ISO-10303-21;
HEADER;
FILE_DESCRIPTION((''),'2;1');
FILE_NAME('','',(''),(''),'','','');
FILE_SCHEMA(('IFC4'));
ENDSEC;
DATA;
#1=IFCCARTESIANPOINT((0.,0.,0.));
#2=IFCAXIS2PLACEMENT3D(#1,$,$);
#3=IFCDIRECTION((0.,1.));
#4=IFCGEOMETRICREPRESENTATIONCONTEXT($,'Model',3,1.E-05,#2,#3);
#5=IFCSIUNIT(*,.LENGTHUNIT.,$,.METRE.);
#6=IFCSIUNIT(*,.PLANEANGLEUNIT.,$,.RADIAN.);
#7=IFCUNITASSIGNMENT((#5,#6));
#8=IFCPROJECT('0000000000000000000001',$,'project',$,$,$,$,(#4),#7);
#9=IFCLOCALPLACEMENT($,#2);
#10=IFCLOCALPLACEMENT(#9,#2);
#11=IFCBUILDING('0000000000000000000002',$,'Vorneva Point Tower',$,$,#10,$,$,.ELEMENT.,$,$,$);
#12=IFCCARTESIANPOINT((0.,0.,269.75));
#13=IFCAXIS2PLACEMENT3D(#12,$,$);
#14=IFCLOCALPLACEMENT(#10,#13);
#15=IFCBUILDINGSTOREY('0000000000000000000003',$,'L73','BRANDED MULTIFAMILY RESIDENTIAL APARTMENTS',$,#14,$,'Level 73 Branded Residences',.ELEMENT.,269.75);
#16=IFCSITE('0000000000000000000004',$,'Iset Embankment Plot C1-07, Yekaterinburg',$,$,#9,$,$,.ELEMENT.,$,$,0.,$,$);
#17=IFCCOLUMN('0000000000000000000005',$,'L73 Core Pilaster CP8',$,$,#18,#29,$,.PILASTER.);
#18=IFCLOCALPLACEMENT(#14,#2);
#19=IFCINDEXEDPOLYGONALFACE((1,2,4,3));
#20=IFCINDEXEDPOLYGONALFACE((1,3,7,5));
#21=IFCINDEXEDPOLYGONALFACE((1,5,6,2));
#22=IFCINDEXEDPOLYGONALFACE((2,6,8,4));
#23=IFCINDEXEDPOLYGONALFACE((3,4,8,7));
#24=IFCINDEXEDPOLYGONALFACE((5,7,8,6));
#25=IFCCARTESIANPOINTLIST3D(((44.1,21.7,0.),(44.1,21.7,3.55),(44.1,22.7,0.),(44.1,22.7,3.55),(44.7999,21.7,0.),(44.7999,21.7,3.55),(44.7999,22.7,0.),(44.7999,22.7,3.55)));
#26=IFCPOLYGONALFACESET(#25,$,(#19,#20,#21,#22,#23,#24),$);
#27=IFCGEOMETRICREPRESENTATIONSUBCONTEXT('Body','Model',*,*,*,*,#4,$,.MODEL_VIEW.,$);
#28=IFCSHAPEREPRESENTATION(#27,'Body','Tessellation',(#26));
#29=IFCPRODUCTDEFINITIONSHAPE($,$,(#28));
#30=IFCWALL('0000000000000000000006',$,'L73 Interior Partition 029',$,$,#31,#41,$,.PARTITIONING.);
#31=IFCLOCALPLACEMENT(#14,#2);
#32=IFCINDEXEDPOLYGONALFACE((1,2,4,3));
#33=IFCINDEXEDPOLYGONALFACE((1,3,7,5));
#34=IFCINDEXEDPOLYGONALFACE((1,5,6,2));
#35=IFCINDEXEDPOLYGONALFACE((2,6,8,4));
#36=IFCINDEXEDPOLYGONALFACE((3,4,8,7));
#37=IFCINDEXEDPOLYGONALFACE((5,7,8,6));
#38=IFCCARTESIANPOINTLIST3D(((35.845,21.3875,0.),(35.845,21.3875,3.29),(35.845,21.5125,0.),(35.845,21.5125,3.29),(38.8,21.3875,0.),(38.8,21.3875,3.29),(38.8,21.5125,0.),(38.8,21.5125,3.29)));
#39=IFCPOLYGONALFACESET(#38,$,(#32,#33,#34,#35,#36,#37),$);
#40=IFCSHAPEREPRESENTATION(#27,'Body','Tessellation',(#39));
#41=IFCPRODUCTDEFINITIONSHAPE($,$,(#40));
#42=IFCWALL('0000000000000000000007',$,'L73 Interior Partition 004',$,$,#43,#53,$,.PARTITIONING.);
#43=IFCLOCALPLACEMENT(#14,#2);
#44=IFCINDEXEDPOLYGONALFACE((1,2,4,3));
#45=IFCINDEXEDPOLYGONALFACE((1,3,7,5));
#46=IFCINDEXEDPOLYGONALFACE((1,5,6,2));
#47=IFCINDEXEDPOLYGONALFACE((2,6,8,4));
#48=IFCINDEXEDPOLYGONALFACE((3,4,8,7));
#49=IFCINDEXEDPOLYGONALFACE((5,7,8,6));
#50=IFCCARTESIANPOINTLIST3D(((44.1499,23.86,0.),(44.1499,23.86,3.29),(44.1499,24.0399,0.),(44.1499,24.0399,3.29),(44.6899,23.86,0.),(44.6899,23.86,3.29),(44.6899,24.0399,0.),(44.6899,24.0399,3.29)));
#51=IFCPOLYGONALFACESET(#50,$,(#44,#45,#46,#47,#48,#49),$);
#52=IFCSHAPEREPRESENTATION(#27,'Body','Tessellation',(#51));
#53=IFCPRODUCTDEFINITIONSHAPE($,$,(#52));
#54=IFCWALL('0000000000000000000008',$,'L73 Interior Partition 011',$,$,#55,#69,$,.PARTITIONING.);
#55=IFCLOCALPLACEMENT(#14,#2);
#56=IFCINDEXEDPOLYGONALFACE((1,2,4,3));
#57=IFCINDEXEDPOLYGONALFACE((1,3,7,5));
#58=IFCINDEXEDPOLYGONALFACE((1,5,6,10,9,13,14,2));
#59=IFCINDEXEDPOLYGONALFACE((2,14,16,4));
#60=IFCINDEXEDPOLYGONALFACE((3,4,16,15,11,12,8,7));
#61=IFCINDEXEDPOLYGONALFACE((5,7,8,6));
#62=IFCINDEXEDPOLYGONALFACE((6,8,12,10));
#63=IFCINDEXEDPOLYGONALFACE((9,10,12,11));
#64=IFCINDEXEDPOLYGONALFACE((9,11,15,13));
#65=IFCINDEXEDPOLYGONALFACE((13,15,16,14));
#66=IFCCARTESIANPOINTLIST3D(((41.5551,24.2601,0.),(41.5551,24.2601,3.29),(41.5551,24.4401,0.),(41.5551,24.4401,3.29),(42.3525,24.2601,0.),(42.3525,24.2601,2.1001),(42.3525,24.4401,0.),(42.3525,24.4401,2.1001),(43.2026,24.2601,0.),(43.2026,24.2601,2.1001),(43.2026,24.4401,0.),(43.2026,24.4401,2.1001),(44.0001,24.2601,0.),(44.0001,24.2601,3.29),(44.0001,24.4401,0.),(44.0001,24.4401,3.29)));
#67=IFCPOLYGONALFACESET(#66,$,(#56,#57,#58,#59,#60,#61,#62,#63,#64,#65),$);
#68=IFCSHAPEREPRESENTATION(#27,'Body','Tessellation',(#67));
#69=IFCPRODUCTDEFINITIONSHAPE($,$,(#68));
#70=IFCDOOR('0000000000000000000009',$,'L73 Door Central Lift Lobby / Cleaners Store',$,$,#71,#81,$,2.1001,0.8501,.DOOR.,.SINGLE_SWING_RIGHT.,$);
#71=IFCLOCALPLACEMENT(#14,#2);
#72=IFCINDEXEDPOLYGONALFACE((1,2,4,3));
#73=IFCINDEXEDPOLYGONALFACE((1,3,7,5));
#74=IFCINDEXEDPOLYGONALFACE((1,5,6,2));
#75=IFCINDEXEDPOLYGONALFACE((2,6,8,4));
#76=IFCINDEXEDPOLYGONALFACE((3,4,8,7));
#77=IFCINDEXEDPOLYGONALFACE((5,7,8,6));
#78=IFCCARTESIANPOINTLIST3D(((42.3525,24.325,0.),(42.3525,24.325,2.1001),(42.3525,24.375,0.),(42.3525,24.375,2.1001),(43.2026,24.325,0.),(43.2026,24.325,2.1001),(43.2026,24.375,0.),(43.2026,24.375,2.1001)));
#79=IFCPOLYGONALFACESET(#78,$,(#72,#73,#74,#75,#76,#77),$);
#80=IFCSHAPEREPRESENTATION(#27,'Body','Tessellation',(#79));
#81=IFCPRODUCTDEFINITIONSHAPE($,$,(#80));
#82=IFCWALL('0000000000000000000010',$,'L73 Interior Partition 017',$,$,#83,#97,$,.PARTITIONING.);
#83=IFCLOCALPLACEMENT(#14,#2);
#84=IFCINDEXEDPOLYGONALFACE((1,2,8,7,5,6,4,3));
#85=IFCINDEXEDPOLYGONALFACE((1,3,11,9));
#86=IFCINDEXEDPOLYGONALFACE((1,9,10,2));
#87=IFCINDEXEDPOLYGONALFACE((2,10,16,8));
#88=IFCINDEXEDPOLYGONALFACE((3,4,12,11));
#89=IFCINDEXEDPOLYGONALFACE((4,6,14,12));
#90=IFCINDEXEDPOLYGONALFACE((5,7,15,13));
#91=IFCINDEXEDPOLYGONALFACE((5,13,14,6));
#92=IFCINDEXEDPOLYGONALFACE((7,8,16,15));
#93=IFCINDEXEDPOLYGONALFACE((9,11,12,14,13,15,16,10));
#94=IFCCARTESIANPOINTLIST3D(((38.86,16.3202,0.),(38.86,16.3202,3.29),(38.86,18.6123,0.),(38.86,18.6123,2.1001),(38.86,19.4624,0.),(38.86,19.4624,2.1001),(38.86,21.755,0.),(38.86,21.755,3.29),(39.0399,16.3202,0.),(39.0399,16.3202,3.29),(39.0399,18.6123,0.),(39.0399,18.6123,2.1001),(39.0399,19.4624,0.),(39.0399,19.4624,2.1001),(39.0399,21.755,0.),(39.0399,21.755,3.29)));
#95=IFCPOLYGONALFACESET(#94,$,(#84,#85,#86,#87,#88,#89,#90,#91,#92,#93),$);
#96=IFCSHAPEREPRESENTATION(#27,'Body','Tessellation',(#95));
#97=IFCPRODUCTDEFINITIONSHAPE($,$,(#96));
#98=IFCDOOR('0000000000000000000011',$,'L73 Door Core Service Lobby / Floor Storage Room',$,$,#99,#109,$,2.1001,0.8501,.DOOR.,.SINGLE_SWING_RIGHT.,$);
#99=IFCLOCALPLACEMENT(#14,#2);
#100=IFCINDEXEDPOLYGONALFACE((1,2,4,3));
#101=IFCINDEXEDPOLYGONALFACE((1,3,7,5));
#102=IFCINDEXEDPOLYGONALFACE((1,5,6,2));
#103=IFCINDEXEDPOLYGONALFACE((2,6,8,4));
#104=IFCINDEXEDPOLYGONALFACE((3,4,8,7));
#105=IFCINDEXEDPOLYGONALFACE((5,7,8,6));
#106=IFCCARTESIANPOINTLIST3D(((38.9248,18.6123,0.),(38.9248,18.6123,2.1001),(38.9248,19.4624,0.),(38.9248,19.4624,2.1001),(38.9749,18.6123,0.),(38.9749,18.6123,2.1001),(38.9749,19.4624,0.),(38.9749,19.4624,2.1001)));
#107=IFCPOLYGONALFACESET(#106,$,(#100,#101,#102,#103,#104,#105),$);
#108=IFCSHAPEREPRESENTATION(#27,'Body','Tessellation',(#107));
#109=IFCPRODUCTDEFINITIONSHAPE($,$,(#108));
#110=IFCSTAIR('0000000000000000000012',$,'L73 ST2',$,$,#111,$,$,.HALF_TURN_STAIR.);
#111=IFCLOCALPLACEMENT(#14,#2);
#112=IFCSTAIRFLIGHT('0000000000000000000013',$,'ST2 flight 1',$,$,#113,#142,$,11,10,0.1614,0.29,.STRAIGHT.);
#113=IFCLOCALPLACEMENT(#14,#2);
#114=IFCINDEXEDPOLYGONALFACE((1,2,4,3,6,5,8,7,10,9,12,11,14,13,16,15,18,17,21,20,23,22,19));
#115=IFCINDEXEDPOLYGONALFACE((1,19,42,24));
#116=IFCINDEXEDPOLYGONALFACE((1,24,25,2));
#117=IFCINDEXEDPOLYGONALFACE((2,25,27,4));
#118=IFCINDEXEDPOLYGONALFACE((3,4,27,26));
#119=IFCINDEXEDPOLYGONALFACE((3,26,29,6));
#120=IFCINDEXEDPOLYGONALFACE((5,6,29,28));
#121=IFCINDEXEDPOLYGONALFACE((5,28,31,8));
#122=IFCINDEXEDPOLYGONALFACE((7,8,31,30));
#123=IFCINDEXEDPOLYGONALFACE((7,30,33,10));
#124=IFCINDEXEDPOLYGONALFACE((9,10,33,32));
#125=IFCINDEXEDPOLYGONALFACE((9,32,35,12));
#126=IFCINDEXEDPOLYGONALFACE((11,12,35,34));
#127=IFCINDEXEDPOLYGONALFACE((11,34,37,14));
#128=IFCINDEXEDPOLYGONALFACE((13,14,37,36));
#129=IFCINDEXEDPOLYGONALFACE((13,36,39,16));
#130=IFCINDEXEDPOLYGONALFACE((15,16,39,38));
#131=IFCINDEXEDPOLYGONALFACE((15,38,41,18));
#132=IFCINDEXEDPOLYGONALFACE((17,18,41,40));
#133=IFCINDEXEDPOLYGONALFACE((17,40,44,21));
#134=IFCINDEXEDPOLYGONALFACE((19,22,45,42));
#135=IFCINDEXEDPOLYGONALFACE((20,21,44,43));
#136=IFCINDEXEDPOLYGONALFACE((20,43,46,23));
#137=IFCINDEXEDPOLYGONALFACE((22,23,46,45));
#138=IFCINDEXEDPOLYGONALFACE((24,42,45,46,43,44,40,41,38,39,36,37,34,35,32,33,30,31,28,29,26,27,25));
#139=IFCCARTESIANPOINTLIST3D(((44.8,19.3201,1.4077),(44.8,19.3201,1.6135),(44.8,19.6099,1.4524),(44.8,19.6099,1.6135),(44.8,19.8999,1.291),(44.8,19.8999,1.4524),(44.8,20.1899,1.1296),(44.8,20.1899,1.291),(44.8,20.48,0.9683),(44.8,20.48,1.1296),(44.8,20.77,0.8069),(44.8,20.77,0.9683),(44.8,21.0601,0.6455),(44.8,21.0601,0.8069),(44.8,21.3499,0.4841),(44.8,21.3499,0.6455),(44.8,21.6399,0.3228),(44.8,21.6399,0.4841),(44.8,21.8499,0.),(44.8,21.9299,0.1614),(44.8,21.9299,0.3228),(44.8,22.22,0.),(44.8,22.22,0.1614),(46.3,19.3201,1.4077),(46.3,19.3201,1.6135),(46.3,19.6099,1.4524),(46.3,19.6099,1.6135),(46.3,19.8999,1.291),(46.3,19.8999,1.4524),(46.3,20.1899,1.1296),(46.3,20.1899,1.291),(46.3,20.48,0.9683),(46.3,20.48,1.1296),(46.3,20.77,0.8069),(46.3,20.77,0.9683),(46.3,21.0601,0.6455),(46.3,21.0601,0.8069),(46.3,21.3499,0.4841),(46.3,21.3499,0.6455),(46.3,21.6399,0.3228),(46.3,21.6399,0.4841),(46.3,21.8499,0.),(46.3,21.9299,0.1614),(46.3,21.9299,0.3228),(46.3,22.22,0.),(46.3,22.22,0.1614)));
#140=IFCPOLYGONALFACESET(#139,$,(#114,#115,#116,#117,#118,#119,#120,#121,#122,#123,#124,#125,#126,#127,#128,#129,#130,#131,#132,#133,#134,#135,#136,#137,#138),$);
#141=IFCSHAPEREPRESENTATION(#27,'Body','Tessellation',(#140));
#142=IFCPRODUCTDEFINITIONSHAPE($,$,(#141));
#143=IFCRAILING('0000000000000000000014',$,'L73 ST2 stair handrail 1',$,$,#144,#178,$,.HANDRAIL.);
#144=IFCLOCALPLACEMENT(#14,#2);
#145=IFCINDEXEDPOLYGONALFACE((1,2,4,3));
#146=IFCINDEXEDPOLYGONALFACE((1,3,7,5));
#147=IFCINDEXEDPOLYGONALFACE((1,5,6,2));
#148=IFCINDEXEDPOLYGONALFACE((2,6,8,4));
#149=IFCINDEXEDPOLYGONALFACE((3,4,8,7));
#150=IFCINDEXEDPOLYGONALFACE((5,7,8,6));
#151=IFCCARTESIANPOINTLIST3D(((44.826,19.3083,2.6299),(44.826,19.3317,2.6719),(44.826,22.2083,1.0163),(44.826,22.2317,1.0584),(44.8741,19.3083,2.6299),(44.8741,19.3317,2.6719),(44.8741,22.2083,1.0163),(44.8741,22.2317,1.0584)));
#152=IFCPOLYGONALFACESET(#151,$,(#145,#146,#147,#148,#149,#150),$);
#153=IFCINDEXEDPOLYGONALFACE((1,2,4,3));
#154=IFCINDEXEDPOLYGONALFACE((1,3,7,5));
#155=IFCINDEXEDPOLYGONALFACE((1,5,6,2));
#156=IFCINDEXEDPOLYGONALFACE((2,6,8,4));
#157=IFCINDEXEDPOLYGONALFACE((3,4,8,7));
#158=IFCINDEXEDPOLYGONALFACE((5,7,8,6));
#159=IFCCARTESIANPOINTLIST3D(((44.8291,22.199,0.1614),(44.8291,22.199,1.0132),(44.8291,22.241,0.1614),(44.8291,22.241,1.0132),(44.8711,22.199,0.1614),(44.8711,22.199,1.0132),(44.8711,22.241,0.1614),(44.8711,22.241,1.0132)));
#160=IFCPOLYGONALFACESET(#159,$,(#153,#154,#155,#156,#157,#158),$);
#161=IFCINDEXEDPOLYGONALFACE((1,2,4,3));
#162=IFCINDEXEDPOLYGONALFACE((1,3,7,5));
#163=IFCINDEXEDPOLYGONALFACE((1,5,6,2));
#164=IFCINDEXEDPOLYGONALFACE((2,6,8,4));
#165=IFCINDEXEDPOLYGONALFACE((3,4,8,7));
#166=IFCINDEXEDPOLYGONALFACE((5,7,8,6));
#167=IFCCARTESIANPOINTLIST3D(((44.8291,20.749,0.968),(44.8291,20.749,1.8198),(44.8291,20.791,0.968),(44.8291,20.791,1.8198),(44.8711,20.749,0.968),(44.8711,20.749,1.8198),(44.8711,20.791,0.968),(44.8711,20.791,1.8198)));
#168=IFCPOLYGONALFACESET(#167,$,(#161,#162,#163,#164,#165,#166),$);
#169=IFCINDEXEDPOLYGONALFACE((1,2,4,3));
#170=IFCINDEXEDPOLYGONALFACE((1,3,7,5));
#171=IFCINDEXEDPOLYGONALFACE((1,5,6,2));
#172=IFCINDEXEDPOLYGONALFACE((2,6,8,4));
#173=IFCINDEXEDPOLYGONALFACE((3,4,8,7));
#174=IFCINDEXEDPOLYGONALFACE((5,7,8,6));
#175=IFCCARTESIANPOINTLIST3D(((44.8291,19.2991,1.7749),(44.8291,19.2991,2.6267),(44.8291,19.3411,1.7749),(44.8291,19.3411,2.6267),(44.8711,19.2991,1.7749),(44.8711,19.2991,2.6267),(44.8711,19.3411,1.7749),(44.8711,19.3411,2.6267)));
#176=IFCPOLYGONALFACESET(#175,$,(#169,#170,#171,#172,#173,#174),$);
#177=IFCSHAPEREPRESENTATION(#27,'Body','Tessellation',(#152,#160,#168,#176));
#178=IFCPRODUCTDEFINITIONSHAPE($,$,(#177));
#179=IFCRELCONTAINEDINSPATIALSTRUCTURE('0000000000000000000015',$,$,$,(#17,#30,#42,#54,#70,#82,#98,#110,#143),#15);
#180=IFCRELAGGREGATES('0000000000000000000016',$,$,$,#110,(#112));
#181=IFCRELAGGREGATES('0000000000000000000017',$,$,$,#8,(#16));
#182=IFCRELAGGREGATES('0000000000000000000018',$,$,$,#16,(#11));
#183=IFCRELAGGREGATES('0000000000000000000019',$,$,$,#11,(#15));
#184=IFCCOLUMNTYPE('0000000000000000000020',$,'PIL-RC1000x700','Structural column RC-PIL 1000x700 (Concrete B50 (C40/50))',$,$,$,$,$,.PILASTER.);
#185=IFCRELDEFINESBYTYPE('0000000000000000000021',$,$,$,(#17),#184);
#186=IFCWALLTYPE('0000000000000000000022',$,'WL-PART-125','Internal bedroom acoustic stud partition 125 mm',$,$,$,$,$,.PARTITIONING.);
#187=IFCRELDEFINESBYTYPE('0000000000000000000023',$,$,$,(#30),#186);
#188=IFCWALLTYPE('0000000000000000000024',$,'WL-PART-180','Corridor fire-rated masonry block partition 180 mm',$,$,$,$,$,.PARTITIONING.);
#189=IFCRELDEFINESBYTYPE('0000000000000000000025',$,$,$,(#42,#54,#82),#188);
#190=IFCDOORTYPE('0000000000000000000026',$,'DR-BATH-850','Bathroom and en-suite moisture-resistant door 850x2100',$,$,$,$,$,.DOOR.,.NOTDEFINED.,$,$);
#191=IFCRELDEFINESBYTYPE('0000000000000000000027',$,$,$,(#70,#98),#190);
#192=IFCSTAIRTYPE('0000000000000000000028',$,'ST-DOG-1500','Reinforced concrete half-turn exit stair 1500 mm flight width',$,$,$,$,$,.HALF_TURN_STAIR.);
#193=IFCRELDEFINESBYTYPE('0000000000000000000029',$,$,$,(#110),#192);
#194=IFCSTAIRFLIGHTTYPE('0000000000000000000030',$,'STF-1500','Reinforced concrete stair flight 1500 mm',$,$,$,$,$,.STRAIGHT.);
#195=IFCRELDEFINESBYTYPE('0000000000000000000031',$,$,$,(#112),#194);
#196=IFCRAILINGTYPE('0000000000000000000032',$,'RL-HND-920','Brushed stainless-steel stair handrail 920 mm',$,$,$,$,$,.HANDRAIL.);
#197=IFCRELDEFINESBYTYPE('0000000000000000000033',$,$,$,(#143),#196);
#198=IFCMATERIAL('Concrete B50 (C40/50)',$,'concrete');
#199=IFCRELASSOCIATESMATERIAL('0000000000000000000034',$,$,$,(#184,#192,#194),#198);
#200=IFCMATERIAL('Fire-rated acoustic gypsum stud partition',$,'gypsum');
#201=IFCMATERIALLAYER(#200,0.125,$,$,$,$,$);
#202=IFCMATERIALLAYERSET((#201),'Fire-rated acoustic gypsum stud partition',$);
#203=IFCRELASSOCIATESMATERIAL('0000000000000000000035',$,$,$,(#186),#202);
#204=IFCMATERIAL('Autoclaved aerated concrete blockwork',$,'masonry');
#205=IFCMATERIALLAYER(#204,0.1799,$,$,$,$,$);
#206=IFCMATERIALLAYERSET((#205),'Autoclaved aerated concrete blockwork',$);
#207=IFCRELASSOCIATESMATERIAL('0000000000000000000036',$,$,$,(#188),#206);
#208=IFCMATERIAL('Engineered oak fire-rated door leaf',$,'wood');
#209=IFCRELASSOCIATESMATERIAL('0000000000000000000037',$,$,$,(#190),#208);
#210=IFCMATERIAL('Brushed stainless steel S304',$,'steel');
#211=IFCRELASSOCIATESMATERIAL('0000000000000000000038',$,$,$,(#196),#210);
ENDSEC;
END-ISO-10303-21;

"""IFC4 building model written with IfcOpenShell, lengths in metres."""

from ifc_helpers import new_model, si_unit, direction, frame, frame_2d, origin, origin_2d, place, context, subcontext, project, spatial, polyline, rectangle, outline, extrude, material, layer, layer_set, material_profile, profile_set, type_object, element, fill, aggregate, save


model = new_model("IFC4")

# Units and contexts
model_context = context("Model", 3, precision=1e-05, world=origin(), true_north=direction((0.0, 1.0)))
body_context = subcontext(model_context, "Body", "Model", "MODEL_VIEW")
ifc_project = project(units=[si_unit("LENGTHUNIT", "METRE"), si_unit("PLANEANGLEUNIT", "RADIAN")], contexts=[model_context])

# Site, building, storey
site_placement = place(None, origin())
site = spatial("IfcSite", under=ifc_project, at=site_placement, Name="Iset Embankment Plot C1-07, Yekaterinburg", CompositionType="ELEMENT", RefElevation=0.0)
building_placement = place(site_placement, origin())
building = spatial("IfcBuilding", under=site, at=building_placement, Name="Vorneva Point Tower", CompositionType="ELEMENT")
storey_placement = place(building_placement, frame((0.0, 0.0, 269.75)))
storey = spatial("IfcBuildingStorey", under=building, at=storey_placement, Name="L73", Description="BRANDED MULTIFAMILY RESIDENTIAL APARTMENTS", LongName="Level 73 Branded Residences", CompositionType="ELEMENT", Elevation=269.75)

# Column
ifc_material_1 = material(Name="Concrete B50 (C40/50)", Category="concrete")
ifc_material_profile = material_profile(ifc_material_1, rectangle(XDim=0.7, YDim=1.0, at=origin_2d()), Name="RC-PIL 1000x700")
ifc_profile_set = profile_set([ifc_material_profile], Name="Concrete B50 (C40/50)")
column_type = type_object("IfcColumnType", Name="PIL-RC1000x700", Description="Structural column RC-PIL 1000x700 (Concrete B50 (C40/50))", PredefinedType="PILASTER", material=ifc_profile_set)
column_placement = place(storey_placement, frame((44.45, 22.2, 0.0), z_axis=(0.0, 0.0, 1.0), x_axis=(1.0, 0.0, 0.0)))
element("IfcColumn", 1, at=column_placement, inside=storey, type_object=column_type, Name="L73 Core Pilaster CP8", PredefinedType="PILASTER", context=body_context, shape_type="SweptSolid", body=[
    extrude(rectangle(XDim=0.7, YDim=1.0, at=origin_2d()), origin(), (0.0, 0.0, 1.0), 3.55),
])

# Walls
ifc_material_2 = material(Name="Fire-rated acoustic gypsum stud partition", Category="gypsum")
ifc_layer_1 = layer(ifc_material_2, 0.125)
ifc_layer_set_1 = layer_set([ifc_layer_1], Name="Fire-rated acoustic gypsum stud partition")
wall_type_1 = type_object("IfcWallType", Name="WL-PART-125", Description="Internal bedroom acoustic stud partition 125 mm", PredefinedType="PARTITIONING", material=ifc_layer_set_1)
wall_1_placement = place(storey_placement, frame((38.8, 21.45, 0.0), z_axis=(0.0, 0.0, 1.0), x_axis=(-1.0, 0.0, 0.0)))
element("IfcWall", 2, at=wall_1_placement, inside=storey, type_object=wall_type_1, Name="L73 Interior Partition 029", PredefinedType="PARTITIONING", context=body_context, shape_type="SweptSolid", body=[
    extrude(rectangle(XDim=2.9551, YDim=0.125, at=frame_2d((1.4775, 0.0))), origin(), (0.0, 0.0, 1.0), 3.29),
])
ifc_material_3 = material(Name="Autoclaved aerated concrete blockwork", Category="masonry")
ifc_layer_2 = layer(ifc_material_3, 0.1799)
ifc_layer_set_2 = layer_set([ifc_layer_2], Name="Autoclaved aerated concrete blockwork")
wall_type_2 = type_object("IfcWallType", Name="WL-PART-180", Description="Corridor fire-rated masonry block partition 180 mm", PredefinedType="PARTITIONING", material=ifc_layer_set_2)
wall_2_placement = place(storey_placement, frame((44.1499, 23.95, 0.0), z_axis=(0.0, 0.0, 1.0), x_axis=(1.0, 0.0, 0.0)))
element("IfcWall", 3, at=wall_2_placement, inside=storey, type_object=wall_type_2, Name="L73 Interior Partition 004", PredefinedType="PARTITIONING", context=body_context, shape_type="SweptSolid", body=[
    extrude(rectangle(XDim=0.54, YDim=0.1799, at=frame_2d((0.27, 0.0))), origin(), (0.0, 0.0, 1.0), 3.29),
])

# Walls, openings, doors
wall_3_placement = place(storey_placement, frame((41.5549, 24.3501, 0.0), z_axis=(0.0, 0.0, 1.0), x_axis=(1.0, 0.0, 0.0)))
wall_3 = element("IfcWall", 4, at=wall_3_placement, inside=storey, type_object=wall_type_2, Name="L73 Interior Partition 011", PredefinedType="PARTITIONING", context=body_context, shape_type="SweptSolid", body=[
    extrude(rectangle(XDim=2.4451, YDim=0.1799, at=frame_2d((1.2227, 0.0))), origin(), (0.0, 0.0, 1.0), 3.29),
])
opening_1_placement = place(wall_3_placement, frame((0.7976, 0.0, 0.0)))
opening_1 = element("IfcOpeningElement", 5, at=opening_1_placement, cuts=wall_3, PredefinedType="OPENING", context=body_context, shape_type="SweptSolid", body=[
    extrude(rectangle(XDim=0.8501, YDim=2.1001, at=frame_2d((0.425, 1.05))), frame((0.0, 0.105, 0.0), z_axis=(0.0, -1.0, 0.0), x_axis=(1.0, 0.0, 0.0)), (0.0, 0.0, 1.0), 0.2097),
])
ifc_material_4 = material(Name="Engineered oak fire-rated door leaf", Category="wood")
door_type_1 = type_object("IfcDoorType", Name="DR-BATH-850", Description="Bathroom and en-suite moisture-resistant door 850x2100", OperationType="NOTDEFINED", PredefinedType="DOOR", material=ifc_material_4)
door_1_placement = place(opening_1_placement, origin())
door_1 = element("IfcDoor", 6, at=door_1_placement, inside=storey, type_object=door_type_1, Name="L73 Door Central Lift Lobby / Cleaners Store", OperationType="SINGLE_SWING_RIGHT", OverallHeight=2.1001, OverallWidth=0.8501, PredefinedType="DOOR", context=body_context, shape_type="SweptSolid", body=[
    extrude(rectangle(XDim=0.8501, YDim=2.1001, at=frame_2d((0.425, 1.05))), frame((0.0, 0.0249, 0.0), z_axis=(0.0, -1.0, 0.0), x_axis=(1.0, 0.0, 0.0)), (0.0, 0.0, 1.0), 0.05),
])
fill(opening_1, door_1)
wall_4_placement = place(storey_placement, frame((38.95, 21.7549, 0.0), z_axis=(0.0, 0.0, 1.0), x_axis=(0.0, -1.0, 0.0)))
wall_4 = element("IfcWall", 7, at=wall_4_placement, inside=storey, type_object=wall_type_2, Name="L73 Interior Partition 017", PredefinedType="PARTITIONING", context=body_context, shape_type="SweptSolid", body=[
    extrude(rectangle(XDim=5.4348, YDim=0.1799, at=frame_2d((2.7173, 0.0))), origin(), (0.0, 0.0, 1.0), 3.29),
])
opening_2_placement = place(wall_4_placement, frame((2.2925, 0.0, 0.0)))
opening_2 = element("IfcOpeningElement", 8, at=opening_2_placement, cuts=wall_4, PredefinedType="OPENING", context=body_context, shape_type="SweptSolid", body=[
    extrude(rectangle(XDim=0.8501, YDim=2.1001, at=frame_2d((0.425, 1.05))), frame((0.0, 0.105, 0.0), z_axis=(0.0, -1.0, 0.0), x_axis=(1.0, 0.0, 0.0)), (0.0, 0.0, 1.0), 0.2097),
])
door_2_placement = place(opening_2_placement, origin())
door_2 = element("IfcDoor", 9, at=door_2_placement, inside=storey, type_object=door_type_1, Name="L73 Door Core Service Lobby / Floor Storage Room", OperationType="SINGLE_SWING_RIGHT", OverallHeight=2.1001, OverallWidth=0.8501, PredefinedType="DOOR", context=body_context, shape_type="SweptSolid", body=[
    extrude(rectangle(XDim=0.8501, YDim=2.1001, at=frame_2d((0.425, 1.05))), frame((0.0, 0.0249, 0.0), z_axis=(0.0, -1.0, 0.0), x_axis=(1.0, 0.0, 0.0)), (0.0, 0.0, 1.0), 0.05),
])
fill(opening_2, door_2)

# Stair, stair flight
stair_type = type_object("IfcStairType", Name="ST-DOG-1500", Description="Reinforced concrete half-turn exit stair 1500 mm flight width", PredefinedType="HALF_TURN_STAIR", material=ifc_material_1)
stair_placement = place(storey_placement, origin())
stair = element("IfcStair", 10, at=stair_placement, inside=storey, type_object=stair_type, Name="L73 ST2", PredefinedType="HALF_TURN_STAIR")
stair_flight_type = type_object("IfcStairFlightType", Name="STF-1500", Description="Reinforced concrete stair flight 1500 mm", PredefinedType="STRAIGHT", material=ifc_material_1)
stair_flight_placement = place(storey_placement, frame((45.55, 22.22, 0.0), z_axis=(0.0, 0.0, 1.0), x_axis=(0.0, -1.0, 0.0)))
stair_flight = element("IfcStairFlight", 11, at=stair_flight_placement, type_object=stair_flight_type, Name="ST2 flight 1", NumberOfRisers=11, NumberOfTreads=10, PredefinedType="STRAIGHT", RiserHeight=0.1614, TreadLength=0.29, context=body_context, shape_type="SweptSolid", body=[
    extrude(outline(polyline([(0.0, 0.0), (0.0, 0.1614), (0.29, 0.1614), (0.29, 0.3228), (0.5801, 0.3228), (0.5801, 0.4841), (0.8701, 0.4841), (0.8701, 0.6455), (1.1599, 0.6455), (1.1599, 0.8069), (1.45, 0.8069), (1.45, 0.9683), (1.74, 0.9683), (1.74, 1.1296), (2.03, 1.1296), (2.03, 1.291), (2.3201, 1.291), (2.3201, 1.4524), (2.6101, 1.4524), (2.6101, 1.6135), (2.8999, 1.6135), (2.8999, 1.7749), (2.8999, 1.4077), (0.3701, 0.0), (0.0, 0.0)])), frame((0.0, 0.75, 0.0), z_axis=(0.0, -1.0, 0.0), x_axis=(1.0, 0.0, 0.0)), (0.0, 0.0, 1.0), 1.5),
])
aggregate(stair, [stair_flight])

# Railing
ifc_material_5 = material(Name="Brushed stainless steel S304", Category="steel")
railing_type_1 = type_object("IfcRailingType", Name="RL-HND-920", Description="Brushed stainless-steel stair handrail 920 mm", PredefinedType="HANDRAIL", material=ifc_material_5)
railing_1_placement = place(storey_placement, frame((44.8501, 22.22, 0.1614)))
element("IfcRailing", 12, at=railing_1_placement, inside=storey, type_object=railing_type_1, Name="L73 ST2 stair handrail 1", PredefinedType="HANDRAIL", context=body_context, shape_type="SweptSolid", body=[
    extrude(rectangle(XDim=0.0481, YDim=0.0481, at=origin_2d()), frame((0.0, 0.0, 0.876), z_axis=(0.0, -0.873841, 0.486211), x_axis=(1.0, 0.0, 0.0)), (0.0, 0.0, 1.0), 3.3186),
    extrude(rectangle(XDim=0.042, YDim=0.042, at=origin_2d()), origin(), (0.0, 0.0, 1.0), 0.8518),
    extrude(rectangle(XDim=0.042, YDim=0.042, at=origin_2d()), frame((0.0, -1.45, 0.8066)), (0.0, 0.0, 1.0), 0.8518),
    extrude(rectangle(XDim=0.042, YDim=0.042, at=origin_2d()), frame((0.0, -2.8999, 1.6135)), (0.0, 0.0, 1.0), 0.8518),
])

save(model, "model.ifc")
